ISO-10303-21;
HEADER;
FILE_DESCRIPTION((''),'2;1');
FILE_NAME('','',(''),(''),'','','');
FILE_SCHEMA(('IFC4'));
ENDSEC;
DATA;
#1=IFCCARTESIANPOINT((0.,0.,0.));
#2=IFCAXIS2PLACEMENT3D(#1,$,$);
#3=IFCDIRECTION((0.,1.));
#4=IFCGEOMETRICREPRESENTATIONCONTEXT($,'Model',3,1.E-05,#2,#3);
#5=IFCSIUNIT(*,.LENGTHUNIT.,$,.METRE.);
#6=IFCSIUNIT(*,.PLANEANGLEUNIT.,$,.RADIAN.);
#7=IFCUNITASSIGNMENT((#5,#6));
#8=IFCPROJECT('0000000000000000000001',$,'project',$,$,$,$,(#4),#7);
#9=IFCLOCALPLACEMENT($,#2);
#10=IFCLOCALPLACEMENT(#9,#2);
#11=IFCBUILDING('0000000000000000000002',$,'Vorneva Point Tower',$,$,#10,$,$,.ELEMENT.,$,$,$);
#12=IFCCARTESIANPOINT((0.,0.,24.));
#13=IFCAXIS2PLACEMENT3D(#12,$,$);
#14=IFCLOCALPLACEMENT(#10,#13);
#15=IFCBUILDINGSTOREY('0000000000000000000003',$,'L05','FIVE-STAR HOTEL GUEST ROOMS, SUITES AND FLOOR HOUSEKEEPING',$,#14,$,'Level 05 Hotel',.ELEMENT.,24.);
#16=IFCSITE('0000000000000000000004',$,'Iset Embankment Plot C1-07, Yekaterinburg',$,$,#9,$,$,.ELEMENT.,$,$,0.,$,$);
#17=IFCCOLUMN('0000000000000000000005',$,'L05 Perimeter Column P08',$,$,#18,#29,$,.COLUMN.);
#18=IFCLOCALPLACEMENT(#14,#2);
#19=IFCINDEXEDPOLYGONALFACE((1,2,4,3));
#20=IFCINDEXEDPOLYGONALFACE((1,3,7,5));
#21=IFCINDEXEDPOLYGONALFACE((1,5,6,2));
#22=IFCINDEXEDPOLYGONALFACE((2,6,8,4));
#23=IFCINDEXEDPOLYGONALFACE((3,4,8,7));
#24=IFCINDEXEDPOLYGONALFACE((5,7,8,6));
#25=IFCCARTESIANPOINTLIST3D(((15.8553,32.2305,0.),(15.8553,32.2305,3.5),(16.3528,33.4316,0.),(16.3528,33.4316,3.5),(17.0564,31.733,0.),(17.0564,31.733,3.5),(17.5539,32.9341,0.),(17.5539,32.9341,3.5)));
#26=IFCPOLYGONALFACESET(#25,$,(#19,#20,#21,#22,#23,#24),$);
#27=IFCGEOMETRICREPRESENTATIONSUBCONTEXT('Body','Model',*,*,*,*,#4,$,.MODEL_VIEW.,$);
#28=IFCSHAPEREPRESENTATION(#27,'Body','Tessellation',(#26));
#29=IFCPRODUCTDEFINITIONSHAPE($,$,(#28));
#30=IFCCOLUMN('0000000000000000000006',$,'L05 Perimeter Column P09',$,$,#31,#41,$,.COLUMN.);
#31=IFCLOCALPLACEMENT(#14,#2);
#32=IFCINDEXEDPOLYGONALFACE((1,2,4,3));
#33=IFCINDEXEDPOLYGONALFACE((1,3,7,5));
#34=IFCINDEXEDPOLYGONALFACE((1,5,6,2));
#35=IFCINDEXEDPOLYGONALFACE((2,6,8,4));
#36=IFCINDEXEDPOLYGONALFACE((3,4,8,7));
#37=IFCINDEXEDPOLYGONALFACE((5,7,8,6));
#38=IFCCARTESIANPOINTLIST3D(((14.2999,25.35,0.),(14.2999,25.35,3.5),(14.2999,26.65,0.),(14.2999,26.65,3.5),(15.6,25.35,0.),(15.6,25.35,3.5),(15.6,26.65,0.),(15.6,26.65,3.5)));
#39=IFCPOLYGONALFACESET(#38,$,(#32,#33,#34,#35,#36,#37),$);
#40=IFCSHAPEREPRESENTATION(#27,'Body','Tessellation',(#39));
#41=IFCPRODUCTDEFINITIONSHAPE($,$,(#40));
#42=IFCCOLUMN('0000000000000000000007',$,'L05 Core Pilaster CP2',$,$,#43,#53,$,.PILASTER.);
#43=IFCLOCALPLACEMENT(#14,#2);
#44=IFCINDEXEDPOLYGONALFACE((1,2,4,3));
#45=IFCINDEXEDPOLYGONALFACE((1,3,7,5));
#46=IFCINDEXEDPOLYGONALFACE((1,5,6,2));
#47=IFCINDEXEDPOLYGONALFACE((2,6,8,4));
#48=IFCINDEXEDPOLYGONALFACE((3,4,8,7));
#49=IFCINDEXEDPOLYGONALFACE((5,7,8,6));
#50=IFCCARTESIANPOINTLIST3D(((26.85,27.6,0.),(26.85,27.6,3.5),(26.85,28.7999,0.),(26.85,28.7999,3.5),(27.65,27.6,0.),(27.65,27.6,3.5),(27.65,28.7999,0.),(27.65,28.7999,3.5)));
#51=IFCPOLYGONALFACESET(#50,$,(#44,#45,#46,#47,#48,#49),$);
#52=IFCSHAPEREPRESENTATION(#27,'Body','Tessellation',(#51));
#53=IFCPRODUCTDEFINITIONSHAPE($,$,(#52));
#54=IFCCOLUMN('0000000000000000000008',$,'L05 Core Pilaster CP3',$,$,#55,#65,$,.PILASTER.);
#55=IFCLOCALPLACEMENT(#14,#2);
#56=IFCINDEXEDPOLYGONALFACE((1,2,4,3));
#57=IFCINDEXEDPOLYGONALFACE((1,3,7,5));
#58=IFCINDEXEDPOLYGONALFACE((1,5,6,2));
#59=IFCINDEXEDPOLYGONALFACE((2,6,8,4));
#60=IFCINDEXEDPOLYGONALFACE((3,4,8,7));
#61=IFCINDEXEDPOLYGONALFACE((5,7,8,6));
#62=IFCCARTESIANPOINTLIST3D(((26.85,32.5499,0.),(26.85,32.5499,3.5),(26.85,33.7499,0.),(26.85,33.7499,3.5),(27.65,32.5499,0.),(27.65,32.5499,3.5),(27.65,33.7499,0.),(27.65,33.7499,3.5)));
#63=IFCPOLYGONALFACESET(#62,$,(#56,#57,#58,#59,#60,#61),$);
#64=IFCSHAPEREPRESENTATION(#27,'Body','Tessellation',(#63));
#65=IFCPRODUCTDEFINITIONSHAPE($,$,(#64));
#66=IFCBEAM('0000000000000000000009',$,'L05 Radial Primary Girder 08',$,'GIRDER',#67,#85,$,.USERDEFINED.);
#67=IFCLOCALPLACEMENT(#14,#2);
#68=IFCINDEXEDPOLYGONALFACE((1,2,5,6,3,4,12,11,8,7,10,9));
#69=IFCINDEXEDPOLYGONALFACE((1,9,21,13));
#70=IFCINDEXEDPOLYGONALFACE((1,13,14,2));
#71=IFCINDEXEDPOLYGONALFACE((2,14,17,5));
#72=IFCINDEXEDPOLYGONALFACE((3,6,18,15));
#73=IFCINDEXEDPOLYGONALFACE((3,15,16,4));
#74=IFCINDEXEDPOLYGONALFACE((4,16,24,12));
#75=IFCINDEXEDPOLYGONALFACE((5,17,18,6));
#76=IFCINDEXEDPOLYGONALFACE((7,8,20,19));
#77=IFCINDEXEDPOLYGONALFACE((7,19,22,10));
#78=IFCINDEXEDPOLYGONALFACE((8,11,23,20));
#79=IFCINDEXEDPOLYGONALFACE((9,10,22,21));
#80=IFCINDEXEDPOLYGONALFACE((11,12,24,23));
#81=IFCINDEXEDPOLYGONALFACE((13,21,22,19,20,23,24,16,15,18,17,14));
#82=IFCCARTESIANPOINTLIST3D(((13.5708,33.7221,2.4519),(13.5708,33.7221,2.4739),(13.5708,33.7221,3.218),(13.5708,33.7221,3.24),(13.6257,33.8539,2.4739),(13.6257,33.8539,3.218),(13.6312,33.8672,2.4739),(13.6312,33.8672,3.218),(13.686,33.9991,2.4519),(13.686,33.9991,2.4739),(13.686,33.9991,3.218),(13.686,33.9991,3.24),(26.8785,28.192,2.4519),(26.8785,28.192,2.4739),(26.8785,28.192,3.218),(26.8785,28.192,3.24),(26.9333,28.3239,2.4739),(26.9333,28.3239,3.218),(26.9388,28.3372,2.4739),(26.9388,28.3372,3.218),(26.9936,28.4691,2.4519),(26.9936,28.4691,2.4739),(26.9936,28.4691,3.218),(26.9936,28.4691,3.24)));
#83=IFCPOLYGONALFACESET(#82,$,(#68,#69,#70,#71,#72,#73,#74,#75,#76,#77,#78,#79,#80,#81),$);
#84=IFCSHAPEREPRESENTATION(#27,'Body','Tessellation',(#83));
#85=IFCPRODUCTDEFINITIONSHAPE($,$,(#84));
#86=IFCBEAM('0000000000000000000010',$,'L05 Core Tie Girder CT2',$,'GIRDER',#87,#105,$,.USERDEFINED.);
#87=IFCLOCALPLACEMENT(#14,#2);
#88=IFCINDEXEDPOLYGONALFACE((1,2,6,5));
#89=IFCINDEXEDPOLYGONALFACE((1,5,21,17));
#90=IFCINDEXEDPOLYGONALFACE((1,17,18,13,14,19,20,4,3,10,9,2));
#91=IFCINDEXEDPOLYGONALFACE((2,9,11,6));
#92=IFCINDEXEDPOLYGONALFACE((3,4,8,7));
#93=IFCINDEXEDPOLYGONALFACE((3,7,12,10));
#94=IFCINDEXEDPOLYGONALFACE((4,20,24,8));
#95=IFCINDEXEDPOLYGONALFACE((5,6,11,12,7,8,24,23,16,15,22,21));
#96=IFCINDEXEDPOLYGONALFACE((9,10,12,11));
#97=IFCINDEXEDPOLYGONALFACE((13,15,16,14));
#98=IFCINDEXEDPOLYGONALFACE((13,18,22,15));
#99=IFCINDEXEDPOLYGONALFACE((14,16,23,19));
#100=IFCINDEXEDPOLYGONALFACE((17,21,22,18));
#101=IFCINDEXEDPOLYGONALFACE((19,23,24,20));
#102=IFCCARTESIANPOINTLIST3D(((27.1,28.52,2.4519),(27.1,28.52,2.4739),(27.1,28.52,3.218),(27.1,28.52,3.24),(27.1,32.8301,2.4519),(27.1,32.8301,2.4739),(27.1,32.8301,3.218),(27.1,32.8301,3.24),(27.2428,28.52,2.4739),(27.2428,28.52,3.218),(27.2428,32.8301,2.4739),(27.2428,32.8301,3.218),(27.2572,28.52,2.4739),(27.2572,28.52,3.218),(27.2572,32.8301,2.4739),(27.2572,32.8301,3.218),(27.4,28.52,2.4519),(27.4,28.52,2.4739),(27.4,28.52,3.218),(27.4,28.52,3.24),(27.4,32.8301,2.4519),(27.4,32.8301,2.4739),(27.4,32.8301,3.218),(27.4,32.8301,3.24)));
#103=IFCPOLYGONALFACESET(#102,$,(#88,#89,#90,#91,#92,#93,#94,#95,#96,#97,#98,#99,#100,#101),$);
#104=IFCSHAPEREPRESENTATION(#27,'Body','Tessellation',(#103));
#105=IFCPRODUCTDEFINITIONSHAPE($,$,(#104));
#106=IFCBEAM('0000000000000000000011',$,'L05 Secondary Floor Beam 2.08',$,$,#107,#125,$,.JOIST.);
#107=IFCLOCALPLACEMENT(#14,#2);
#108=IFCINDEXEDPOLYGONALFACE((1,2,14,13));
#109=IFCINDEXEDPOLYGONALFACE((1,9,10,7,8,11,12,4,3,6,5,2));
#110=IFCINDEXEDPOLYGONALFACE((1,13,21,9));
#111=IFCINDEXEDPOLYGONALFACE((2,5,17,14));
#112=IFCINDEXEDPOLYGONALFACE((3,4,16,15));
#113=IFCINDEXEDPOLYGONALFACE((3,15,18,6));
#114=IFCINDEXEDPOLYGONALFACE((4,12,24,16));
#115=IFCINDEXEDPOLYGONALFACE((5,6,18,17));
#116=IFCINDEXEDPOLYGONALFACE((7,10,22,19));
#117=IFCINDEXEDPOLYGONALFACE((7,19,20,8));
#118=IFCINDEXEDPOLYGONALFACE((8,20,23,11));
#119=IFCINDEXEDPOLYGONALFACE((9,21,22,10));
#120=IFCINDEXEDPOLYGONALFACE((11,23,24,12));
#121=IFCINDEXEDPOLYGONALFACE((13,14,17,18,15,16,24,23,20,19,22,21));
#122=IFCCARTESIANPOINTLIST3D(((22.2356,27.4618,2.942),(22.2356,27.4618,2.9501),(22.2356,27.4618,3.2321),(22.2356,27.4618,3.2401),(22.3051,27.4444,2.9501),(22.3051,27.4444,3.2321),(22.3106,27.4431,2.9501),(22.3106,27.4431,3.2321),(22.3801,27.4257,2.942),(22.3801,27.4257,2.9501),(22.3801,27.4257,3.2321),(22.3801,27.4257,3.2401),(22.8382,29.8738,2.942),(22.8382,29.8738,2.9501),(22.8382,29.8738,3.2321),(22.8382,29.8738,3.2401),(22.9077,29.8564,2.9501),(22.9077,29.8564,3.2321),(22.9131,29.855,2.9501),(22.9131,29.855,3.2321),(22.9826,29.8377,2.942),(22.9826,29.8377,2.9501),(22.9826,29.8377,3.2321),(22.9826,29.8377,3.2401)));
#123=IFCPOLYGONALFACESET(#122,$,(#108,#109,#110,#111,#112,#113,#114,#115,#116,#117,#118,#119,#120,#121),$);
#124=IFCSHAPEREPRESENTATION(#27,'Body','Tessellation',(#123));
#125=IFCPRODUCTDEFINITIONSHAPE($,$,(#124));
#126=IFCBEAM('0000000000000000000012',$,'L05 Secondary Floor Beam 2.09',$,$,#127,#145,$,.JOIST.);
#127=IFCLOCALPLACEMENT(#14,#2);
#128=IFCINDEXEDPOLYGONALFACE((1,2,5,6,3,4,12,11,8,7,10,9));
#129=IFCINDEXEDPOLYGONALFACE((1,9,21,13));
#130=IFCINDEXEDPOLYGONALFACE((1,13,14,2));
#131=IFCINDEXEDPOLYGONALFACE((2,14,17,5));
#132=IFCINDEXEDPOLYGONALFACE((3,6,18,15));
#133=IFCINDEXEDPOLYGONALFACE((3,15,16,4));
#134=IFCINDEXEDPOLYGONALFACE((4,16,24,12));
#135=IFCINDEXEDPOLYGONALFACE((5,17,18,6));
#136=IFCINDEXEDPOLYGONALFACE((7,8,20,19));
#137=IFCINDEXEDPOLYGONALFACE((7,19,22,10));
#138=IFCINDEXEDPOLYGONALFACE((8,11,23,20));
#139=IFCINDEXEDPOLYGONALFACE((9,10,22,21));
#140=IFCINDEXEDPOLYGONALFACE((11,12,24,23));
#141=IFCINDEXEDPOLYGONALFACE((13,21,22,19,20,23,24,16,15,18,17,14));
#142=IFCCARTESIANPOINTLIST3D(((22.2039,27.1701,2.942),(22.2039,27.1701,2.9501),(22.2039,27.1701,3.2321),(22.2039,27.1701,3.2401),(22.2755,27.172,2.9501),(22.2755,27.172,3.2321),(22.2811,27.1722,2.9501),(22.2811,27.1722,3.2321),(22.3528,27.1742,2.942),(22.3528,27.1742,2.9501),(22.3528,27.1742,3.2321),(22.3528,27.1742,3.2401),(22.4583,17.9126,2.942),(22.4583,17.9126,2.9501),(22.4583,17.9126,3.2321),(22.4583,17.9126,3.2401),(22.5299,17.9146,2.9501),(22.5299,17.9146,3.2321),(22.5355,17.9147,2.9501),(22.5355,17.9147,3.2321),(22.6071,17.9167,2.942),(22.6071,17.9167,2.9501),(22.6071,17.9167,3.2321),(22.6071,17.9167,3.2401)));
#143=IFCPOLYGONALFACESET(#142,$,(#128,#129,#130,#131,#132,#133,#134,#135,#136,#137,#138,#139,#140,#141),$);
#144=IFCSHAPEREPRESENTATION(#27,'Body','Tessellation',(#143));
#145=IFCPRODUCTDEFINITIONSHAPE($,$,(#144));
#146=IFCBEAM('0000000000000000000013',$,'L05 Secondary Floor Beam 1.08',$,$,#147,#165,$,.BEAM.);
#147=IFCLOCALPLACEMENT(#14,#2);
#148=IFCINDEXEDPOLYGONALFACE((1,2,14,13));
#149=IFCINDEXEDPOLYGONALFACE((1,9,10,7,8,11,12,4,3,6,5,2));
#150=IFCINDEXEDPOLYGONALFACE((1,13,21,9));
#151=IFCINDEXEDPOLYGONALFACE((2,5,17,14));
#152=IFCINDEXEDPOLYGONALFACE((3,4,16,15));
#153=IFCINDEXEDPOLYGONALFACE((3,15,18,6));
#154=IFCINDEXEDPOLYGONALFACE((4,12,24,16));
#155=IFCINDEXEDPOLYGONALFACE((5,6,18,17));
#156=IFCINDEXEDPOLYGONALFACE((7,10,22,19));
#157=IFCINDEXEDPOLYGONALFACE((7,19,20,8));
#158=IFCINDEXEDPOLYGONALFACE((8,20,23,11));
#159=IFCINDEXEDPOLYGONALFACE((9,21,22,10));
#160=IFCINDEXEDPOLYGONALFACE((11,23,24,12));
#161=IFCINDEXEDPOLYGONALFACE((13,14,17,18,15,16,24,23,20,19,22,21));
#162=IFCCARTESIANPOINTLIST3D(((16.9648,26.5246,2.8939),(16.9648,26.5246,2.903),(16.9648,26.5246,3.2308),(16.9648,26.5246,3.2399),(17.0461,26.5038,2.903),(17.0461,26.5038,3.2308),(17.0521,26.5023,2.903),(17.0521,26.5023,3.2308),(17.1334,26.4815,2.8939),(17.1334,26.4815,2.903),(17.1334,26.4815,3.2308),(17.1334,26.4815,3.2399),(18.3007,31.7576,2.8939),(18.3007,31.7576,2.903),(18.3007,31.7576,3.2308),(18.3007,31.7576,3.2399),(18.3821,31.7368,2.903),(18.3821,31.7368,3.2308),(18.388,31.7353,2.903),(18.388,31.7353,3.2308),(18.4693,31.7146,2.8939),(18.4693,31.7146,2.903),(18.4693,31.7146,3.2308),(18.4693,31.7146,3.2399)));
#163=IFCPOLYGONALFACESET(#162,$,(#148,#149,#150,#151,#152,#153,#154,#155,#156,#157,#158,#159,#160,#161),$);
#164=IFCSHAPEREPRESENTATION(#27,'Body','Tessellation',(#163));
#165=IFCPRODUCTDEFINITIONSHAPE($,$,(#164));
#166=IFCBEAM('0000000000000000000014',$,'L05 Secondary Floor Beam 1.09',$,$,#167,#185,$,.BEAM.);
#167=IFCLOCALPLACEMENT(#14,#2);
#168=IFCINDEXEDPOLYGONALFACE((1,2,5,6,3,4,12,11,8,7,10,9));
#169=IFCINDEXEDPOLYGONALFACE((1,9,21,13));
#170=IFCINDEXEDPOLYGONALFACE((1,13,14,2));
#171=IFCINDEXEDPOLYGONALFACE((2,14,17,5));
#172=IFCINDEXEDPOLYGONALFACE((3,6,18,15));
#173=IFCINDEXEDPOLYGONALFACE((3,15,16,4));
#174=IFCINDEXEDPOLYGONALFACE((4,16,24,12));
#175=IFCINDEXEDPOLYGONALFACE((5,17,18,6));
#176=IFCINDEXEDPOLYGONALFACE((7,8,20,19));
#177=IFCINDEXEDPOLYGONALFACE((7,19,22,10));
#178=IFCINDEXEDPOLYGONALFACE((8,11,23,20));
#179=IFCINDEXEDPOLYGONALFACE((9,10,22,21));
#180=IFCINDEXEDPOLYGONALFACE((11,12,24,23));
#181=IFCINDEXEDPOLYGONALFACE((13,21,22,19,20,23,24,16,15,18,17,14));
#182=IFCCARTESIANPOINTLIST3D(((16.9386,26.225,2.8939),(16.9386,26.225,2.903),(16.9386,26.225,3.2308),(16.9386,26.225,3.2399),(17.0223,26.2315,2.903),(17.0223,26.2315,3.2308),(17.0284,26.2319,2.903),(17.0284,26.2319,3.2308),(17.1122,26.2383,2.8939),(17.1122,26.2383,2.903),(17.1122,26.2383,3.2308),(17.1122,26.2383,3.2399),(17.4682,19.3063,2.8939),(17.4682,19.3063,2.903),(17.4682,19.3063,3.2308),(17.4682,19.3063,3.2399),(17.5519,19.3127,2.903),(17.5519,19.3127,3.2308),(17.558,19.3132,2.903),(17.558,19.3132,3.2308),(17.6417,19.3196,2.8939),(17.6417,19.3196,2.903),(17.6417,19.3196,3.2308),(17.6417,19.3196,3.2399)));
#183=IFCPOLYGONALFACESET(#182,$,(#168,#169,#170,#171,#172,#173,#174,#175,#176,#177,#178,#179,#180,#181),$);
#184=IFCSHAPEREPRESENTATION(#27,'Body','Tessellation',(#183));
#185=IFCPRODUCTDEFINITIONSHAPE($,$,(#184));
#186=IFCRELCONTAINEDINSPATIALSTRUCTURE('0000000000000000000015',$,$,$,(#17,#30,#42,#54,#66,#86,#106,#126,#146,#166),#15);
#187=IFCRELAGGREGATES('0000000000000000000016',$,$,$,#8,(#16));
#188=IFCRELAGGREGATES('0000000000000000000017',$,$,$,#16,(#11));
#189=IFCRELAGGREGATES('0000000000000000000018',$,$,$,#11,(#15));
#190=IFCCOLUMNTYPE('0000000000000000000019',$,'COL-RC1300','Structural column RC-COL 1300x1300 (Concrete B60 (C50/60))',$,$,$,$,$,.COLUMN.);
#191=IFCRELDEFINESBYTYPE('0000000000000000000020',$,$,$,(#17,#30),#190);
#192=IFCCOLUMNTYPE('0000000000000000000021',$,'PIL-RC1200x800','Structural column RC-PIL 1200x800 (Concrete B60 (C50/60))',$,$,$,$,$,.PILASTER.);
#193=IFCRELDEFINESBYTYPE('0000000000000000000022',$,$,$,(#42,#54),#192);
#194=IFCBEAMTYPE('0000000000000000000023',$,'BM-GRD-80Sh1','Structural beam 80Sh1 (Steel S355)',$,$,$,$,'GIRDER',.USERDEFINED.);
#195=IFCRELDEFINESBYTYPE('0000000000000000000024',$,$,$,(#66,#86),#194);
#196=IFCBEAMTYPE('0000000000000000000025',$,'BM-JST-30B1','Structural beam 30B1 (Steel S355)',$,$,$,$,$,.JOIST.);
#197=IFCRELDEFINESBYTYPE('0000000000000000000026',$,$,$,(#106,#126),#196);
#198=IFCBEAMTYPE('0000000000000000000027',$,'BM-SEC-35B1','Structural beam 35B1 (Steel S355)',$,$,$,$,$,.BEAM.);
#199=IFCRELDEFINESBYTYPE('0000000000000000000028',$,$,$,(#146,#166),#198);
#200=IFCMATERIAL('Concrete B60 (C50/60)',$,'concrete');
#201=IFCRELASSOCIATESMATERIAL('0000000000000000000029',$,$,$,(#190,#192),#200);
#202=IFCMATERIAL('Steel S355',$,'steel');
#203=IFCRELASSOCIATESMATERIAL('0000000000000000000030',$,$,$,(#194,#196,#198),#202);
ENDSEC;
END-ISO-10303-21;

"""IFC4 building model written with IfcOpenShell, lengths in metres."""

from ifc_helpers import new_model, si_unit, direction, frame, origin, origin_2d, place, context, subcontext, project, spatial, rectangle, i_section, extrude, material, material_profile, profile_set, type_object, element, save


model = new_model("IFC4")

# Units and contexts
model_context = context("Model", 3, precision=1e-05, world=origin(), true_north=direction((0.0, 1.0)))
body_context = subcontext(model_context, "Body", "Model", "MODEL_VIEW")
ifc_project = project(units=[si_unit("LENGTHUNIT", "METRE"), si_unit("PLANEANGLEUNIT", "RADIAN")], contexts=[model_context])

# Site, building, storey
site_placement = place(None, origin())
site = spatial("IfcSite", under=ifc_project, at=site_placement, Name="Iset Embankment Plot C1-07, Yekaterinburg", CompositionType="ELEMENT", RefElevation=0.0)
building_placement = place(site_placement, origin())
building = spatial("IfcBuilding", under=site, at=building_placement, Name="Vorneva Point Tower", CompositionType="ELEMENT")
storey_placement = place(building_placement, frame((0.0, 0.0, 24.0)))
storey = spatial("IfcBuildingStorey", under=building, at=storey_placement, Name="L05", Description="FIVE-STAR HOTEL GUEST ROOMS, SUITES AND FLOOR HOUSEKEEPING", LongName="Level 05 Hotel", CompositionType="ELEMENT", Elevation=24.0)

# Columns
ifc_material_1 = material(Name="Concrete B60 (C50/60)", Category="concrete")
ifc_material_profile_1 = material_profile(ifc_material_1, rectangle(XDim=1.3, YDim=1.3, at=origin_2d()), Name="RC-COL 1300x1300")
ifc_profile_set_1 = profile_set([ifc_material_profile_1], Name="Concrete B60 (C50/60)")
column_type_1 = type_object("IfcColumnType", Name="COL-RC1300", Description="Structural column RC-COL 1300x1300 (Concrete B60 (C50/60))", PredefinedType="COLUMN", material=ifc_profile_set_1)
for number, where, z_axis, x_axis, name in (
    (1, (16.7046, 32.5823, 0.0), (0.0, 0.0, 1.0), (-0.92388, 0.382683, 0.0), "L05 Perimeter Column P08"),
    (2, (14.95, 26.0, 0.0), (0.0, 0.0, 1.0), (-1.0, 0.0, 0.0), "L05 Perimeter Column P09"),
):
    element("IfcColumn", number, at=place(storey_placement, frame(where, z_axis=z_axis, x_axis=x_axis)), inside=storey, type_object=column_type_1, Name=name, PredefinedType="COLUMN", context=body_context, shape_type="SweptSolid", body=[
        extrude(rectangle(XDim=1.3, YDim=1.3, at=origin_2d()), origin(), (0.0, 0.0, 1.0), 3.5),
    ])
ifc_material_profile_2 = material_profile(ifc_material_1, rectangle(XDim=0.8, YDim=1.2, at=origin_2d()), Name="RC-PIL 1200x800")
ifc_profile_set_2 = profile_set([ifc_material_profile_2], Name="Concrete B60 (C50/60)")
column_type_2 = type_object("IfcColumnType", Name="PIL-RC1200x800", Description="Structural column RC-PIL 1200x800 (Concrete B60 (C50/60))", PredefinedType="PILASTER", material=ifc_profile_set_2)
for number, where, z_axis, x_axis, name in (
    (3, (27.25, 28.2, 0.0), (0.0, 0.0, 1.0), (1.0, 0.0, 0.0), "L05 Core Pilaster CP2"),
    (4, (27.25, 33.1499, 0.0), (0.0, 0.0, 1.0), (1.0, 0.0, 0.0), "L05 Core Pilaster CP3"),
):
    element("IfcColumn", number, at=place(storey_placement, frame(where, z_axis=z_axis, x_axis=x_axis)), inside=storey, type_object=column_type_2, Name=name, PredefinedType="PILASTER", context=body_context, shape_type="SweptSolid", body=[
        extrude(rectangle(XDim=0.8, YDim=1.2, at=origin_2d()), origin(), (0.0, 0.0, 1.0), 3.5),
    ])

# Beams
ifc_material_2 = material(Name="Steel S355", Category="steel")
ifc_material_profile_3 = material_profile(ifc_material_2, i_section(OverallWidth=0.3, OverallDepth=0.7881, WebThickness=0.0144, FlangeThickness=0.022, at=origin_2d()), Name="80Sh1")
ifc_profile_set_3 = profile_set([ifc_material_profile_3], Name="Steel S355")
beam_type_1 = type_object("IfcBeamType", Name="BM-GRD-80Sh1", Description="Structural beam 80Sh1 (Steel S355)", ElementType="GIRDER", PredefinedType="USERDEFINED", material=ifc_profile_set_3)
beam_1_placement = place(storey_placement, frame((13.6284, 33.8606, 2.8459), z_axis=(0.923441, -0.383739, 0.0), x_axis=(0.383739, 0.923441, 0.0)))
element("IfcBeam", 5, at=beam_1_placement, inside=storey, type_object=beam_type_1, Name="L05 Radial Primary Girder 08", ObjectType="GIRDER", PredefinedType="USERDEFINED", context=body_context, shape_type="SweptSolid", body=[
    extrude(i_section(OverallWidth=0.3, OverallDepth=0.7881, WebThickness=0.0144, FlangeThickness=0.022, at=origin_2d()), origin(), (0.0, 0.0, 1.0), 14.4109),
])
beam_2_placement = place(storey_placement, frame((27.25, 28.52, 2.8459), z_axis=(0.0, 1.0, 0.0), x_axis=(-1.0, 0.0, 0.0)))
element("IfcBeam", 6, at=beam_2_placement, inside=storey, type_object=beam_type_1, Name="L05 Core Tie Girder CT2", ObjectType="GIRDER", PredefinedType="USERDEFINED", context=body_context, shape_type="SweptSolid", body=[
    extrude(i_section(OverallWidth=0.3, OverallDepth=0.7881, WebThickness=0.0144, FlangeThickness=0.022, at=origin_2d()), origin(), (0.0, 0.0, 1.0), 4.3101),
])
ifc_material_profile_4 = material_profile(ifc_material_2, i_section(OverallWidth=0.1489, OverallDepth=0.2981, WebThickness=0.0056, FlangeThickness=0.0081, at=origin_2d()), Name="30B1")
ifc_profile_set_4 = profile_set([ifc_material_profile_4], Name="Steel S355")
beam_type_2 = type_object("IfcBeamType", Name="BM-JST-30B1", Description="Structural beam 30B1 (Steel S355)", PredefinedType="JOIST", material=ifc_profile_set_4)
beam_3_placement = place(storey_placement, frame((22.9104, 29.8557, 3.0911), z_axis=(-0.242374, -0.970183, 0.0), x_axis=(0.970183, -0.242374, 0.0)))
element("IfcBeam", 7, at=beam_3_placement, inside=storey, type_object=beam_type_2, Name="L05 Secondary Floor Beam 2.08", PredefinedType="JOIST", context=body_context, shape_type="SweptSolid", body=[
    extrude(i_section(OverallWidth=0.1489, OverallDepth=0.2981, WebThickness=0.0056, FlangeThickness=0.0081, at=origin_2d()), origin(), (0.0, 0.0, 1.0), 2.4861),
])
beam_4_placement = place(storey_placement, frame((22.2783, 27.1721, 3.0911), z_axis=(0.027469, -0.999623, 0.0), x_axis=(0.999623, 0.027469, 0.0)))
element("IfcBeam", 8, at=beam_4_placement, inside=storey, type_object=beam_type_2, Name="L05 Secondary Floor Beam 2.09", PredefinedType="JOIST", context=body_context, shape_type="SweptSolid", body=[
    extrude(i_section(OverallWidth=0.1489, OverallDepth=0.2981, WebThickness=0.0056, FlangeThickness=0.0081, at=origin_2d()), origin(), (0.0, 0.0, 1.0), 9.261),
])
ifc_material_profile_5 = material_profile(ifc_material_2, i_section(OverallWidth=0.1741, OverallDepth=0.3459, WebThickness=0.0061, FlangeThickness=0.009, at=origin_2d()), Name="35B1")
ifc_profile_set_5 = profile_set([ifc_material_profile_5], Name="Steel S355")
beam_type_3 = type_object("IfcBeamType", Name="BM-SEC-35B1", Description="Structural beam 35B1 (Steel S355)", PredefinedType="BEAM", material=ifc_profile_set_5)
beam_5_placement = place(storey_placement, frame((18.385, 31.7361, 3.0669), z_axis=(-0.247351, -0.968926, 0.0), x_axis=(0.968926, -0.247351, 0.0)))
element("IfcBeam", 9, at=beam_5_placement, inside=storey, type_object=beam_type_3, Name="L05 Secondary Floor Beam 1.08", PredefinedType="BEAM", context=body_context, shape_type="SweptSolid", body=[
    extrude(i_section(OverallWidth=0.1741, OverallDepth=0.3459, WebThickness=0.0061, FlangeThickness=0.009, at=origin_2d()), origin(), (0.0, 0.0, 1.0), 5.4009),
])
beam_6_placement = place(storey_placement, frame((17.0254, 26.2317, 3.0669), z_axis=(0.076314, -0.997084, 0.0), x_axis=(0.997084, 0.076314, 0.0)))
element("IfcBeam", 10, at=beam_6_placement, inside=storey, type_object=beam_type_3, Name="L05 Secondary Floor Beam 1.09", PredefinedType="BEAM", context=body_context, shape_type="SweptSolid", body=[
    extrude(i_section(OverallWidth=0.1741, OverallDepth=0.3459, WebThickness=0.0061, FlangeThickness=0.009, at=origin_2d()), origin(), (0.0, 0.0, 1.0), 6.939),
])

save(model, "model.ifc")
